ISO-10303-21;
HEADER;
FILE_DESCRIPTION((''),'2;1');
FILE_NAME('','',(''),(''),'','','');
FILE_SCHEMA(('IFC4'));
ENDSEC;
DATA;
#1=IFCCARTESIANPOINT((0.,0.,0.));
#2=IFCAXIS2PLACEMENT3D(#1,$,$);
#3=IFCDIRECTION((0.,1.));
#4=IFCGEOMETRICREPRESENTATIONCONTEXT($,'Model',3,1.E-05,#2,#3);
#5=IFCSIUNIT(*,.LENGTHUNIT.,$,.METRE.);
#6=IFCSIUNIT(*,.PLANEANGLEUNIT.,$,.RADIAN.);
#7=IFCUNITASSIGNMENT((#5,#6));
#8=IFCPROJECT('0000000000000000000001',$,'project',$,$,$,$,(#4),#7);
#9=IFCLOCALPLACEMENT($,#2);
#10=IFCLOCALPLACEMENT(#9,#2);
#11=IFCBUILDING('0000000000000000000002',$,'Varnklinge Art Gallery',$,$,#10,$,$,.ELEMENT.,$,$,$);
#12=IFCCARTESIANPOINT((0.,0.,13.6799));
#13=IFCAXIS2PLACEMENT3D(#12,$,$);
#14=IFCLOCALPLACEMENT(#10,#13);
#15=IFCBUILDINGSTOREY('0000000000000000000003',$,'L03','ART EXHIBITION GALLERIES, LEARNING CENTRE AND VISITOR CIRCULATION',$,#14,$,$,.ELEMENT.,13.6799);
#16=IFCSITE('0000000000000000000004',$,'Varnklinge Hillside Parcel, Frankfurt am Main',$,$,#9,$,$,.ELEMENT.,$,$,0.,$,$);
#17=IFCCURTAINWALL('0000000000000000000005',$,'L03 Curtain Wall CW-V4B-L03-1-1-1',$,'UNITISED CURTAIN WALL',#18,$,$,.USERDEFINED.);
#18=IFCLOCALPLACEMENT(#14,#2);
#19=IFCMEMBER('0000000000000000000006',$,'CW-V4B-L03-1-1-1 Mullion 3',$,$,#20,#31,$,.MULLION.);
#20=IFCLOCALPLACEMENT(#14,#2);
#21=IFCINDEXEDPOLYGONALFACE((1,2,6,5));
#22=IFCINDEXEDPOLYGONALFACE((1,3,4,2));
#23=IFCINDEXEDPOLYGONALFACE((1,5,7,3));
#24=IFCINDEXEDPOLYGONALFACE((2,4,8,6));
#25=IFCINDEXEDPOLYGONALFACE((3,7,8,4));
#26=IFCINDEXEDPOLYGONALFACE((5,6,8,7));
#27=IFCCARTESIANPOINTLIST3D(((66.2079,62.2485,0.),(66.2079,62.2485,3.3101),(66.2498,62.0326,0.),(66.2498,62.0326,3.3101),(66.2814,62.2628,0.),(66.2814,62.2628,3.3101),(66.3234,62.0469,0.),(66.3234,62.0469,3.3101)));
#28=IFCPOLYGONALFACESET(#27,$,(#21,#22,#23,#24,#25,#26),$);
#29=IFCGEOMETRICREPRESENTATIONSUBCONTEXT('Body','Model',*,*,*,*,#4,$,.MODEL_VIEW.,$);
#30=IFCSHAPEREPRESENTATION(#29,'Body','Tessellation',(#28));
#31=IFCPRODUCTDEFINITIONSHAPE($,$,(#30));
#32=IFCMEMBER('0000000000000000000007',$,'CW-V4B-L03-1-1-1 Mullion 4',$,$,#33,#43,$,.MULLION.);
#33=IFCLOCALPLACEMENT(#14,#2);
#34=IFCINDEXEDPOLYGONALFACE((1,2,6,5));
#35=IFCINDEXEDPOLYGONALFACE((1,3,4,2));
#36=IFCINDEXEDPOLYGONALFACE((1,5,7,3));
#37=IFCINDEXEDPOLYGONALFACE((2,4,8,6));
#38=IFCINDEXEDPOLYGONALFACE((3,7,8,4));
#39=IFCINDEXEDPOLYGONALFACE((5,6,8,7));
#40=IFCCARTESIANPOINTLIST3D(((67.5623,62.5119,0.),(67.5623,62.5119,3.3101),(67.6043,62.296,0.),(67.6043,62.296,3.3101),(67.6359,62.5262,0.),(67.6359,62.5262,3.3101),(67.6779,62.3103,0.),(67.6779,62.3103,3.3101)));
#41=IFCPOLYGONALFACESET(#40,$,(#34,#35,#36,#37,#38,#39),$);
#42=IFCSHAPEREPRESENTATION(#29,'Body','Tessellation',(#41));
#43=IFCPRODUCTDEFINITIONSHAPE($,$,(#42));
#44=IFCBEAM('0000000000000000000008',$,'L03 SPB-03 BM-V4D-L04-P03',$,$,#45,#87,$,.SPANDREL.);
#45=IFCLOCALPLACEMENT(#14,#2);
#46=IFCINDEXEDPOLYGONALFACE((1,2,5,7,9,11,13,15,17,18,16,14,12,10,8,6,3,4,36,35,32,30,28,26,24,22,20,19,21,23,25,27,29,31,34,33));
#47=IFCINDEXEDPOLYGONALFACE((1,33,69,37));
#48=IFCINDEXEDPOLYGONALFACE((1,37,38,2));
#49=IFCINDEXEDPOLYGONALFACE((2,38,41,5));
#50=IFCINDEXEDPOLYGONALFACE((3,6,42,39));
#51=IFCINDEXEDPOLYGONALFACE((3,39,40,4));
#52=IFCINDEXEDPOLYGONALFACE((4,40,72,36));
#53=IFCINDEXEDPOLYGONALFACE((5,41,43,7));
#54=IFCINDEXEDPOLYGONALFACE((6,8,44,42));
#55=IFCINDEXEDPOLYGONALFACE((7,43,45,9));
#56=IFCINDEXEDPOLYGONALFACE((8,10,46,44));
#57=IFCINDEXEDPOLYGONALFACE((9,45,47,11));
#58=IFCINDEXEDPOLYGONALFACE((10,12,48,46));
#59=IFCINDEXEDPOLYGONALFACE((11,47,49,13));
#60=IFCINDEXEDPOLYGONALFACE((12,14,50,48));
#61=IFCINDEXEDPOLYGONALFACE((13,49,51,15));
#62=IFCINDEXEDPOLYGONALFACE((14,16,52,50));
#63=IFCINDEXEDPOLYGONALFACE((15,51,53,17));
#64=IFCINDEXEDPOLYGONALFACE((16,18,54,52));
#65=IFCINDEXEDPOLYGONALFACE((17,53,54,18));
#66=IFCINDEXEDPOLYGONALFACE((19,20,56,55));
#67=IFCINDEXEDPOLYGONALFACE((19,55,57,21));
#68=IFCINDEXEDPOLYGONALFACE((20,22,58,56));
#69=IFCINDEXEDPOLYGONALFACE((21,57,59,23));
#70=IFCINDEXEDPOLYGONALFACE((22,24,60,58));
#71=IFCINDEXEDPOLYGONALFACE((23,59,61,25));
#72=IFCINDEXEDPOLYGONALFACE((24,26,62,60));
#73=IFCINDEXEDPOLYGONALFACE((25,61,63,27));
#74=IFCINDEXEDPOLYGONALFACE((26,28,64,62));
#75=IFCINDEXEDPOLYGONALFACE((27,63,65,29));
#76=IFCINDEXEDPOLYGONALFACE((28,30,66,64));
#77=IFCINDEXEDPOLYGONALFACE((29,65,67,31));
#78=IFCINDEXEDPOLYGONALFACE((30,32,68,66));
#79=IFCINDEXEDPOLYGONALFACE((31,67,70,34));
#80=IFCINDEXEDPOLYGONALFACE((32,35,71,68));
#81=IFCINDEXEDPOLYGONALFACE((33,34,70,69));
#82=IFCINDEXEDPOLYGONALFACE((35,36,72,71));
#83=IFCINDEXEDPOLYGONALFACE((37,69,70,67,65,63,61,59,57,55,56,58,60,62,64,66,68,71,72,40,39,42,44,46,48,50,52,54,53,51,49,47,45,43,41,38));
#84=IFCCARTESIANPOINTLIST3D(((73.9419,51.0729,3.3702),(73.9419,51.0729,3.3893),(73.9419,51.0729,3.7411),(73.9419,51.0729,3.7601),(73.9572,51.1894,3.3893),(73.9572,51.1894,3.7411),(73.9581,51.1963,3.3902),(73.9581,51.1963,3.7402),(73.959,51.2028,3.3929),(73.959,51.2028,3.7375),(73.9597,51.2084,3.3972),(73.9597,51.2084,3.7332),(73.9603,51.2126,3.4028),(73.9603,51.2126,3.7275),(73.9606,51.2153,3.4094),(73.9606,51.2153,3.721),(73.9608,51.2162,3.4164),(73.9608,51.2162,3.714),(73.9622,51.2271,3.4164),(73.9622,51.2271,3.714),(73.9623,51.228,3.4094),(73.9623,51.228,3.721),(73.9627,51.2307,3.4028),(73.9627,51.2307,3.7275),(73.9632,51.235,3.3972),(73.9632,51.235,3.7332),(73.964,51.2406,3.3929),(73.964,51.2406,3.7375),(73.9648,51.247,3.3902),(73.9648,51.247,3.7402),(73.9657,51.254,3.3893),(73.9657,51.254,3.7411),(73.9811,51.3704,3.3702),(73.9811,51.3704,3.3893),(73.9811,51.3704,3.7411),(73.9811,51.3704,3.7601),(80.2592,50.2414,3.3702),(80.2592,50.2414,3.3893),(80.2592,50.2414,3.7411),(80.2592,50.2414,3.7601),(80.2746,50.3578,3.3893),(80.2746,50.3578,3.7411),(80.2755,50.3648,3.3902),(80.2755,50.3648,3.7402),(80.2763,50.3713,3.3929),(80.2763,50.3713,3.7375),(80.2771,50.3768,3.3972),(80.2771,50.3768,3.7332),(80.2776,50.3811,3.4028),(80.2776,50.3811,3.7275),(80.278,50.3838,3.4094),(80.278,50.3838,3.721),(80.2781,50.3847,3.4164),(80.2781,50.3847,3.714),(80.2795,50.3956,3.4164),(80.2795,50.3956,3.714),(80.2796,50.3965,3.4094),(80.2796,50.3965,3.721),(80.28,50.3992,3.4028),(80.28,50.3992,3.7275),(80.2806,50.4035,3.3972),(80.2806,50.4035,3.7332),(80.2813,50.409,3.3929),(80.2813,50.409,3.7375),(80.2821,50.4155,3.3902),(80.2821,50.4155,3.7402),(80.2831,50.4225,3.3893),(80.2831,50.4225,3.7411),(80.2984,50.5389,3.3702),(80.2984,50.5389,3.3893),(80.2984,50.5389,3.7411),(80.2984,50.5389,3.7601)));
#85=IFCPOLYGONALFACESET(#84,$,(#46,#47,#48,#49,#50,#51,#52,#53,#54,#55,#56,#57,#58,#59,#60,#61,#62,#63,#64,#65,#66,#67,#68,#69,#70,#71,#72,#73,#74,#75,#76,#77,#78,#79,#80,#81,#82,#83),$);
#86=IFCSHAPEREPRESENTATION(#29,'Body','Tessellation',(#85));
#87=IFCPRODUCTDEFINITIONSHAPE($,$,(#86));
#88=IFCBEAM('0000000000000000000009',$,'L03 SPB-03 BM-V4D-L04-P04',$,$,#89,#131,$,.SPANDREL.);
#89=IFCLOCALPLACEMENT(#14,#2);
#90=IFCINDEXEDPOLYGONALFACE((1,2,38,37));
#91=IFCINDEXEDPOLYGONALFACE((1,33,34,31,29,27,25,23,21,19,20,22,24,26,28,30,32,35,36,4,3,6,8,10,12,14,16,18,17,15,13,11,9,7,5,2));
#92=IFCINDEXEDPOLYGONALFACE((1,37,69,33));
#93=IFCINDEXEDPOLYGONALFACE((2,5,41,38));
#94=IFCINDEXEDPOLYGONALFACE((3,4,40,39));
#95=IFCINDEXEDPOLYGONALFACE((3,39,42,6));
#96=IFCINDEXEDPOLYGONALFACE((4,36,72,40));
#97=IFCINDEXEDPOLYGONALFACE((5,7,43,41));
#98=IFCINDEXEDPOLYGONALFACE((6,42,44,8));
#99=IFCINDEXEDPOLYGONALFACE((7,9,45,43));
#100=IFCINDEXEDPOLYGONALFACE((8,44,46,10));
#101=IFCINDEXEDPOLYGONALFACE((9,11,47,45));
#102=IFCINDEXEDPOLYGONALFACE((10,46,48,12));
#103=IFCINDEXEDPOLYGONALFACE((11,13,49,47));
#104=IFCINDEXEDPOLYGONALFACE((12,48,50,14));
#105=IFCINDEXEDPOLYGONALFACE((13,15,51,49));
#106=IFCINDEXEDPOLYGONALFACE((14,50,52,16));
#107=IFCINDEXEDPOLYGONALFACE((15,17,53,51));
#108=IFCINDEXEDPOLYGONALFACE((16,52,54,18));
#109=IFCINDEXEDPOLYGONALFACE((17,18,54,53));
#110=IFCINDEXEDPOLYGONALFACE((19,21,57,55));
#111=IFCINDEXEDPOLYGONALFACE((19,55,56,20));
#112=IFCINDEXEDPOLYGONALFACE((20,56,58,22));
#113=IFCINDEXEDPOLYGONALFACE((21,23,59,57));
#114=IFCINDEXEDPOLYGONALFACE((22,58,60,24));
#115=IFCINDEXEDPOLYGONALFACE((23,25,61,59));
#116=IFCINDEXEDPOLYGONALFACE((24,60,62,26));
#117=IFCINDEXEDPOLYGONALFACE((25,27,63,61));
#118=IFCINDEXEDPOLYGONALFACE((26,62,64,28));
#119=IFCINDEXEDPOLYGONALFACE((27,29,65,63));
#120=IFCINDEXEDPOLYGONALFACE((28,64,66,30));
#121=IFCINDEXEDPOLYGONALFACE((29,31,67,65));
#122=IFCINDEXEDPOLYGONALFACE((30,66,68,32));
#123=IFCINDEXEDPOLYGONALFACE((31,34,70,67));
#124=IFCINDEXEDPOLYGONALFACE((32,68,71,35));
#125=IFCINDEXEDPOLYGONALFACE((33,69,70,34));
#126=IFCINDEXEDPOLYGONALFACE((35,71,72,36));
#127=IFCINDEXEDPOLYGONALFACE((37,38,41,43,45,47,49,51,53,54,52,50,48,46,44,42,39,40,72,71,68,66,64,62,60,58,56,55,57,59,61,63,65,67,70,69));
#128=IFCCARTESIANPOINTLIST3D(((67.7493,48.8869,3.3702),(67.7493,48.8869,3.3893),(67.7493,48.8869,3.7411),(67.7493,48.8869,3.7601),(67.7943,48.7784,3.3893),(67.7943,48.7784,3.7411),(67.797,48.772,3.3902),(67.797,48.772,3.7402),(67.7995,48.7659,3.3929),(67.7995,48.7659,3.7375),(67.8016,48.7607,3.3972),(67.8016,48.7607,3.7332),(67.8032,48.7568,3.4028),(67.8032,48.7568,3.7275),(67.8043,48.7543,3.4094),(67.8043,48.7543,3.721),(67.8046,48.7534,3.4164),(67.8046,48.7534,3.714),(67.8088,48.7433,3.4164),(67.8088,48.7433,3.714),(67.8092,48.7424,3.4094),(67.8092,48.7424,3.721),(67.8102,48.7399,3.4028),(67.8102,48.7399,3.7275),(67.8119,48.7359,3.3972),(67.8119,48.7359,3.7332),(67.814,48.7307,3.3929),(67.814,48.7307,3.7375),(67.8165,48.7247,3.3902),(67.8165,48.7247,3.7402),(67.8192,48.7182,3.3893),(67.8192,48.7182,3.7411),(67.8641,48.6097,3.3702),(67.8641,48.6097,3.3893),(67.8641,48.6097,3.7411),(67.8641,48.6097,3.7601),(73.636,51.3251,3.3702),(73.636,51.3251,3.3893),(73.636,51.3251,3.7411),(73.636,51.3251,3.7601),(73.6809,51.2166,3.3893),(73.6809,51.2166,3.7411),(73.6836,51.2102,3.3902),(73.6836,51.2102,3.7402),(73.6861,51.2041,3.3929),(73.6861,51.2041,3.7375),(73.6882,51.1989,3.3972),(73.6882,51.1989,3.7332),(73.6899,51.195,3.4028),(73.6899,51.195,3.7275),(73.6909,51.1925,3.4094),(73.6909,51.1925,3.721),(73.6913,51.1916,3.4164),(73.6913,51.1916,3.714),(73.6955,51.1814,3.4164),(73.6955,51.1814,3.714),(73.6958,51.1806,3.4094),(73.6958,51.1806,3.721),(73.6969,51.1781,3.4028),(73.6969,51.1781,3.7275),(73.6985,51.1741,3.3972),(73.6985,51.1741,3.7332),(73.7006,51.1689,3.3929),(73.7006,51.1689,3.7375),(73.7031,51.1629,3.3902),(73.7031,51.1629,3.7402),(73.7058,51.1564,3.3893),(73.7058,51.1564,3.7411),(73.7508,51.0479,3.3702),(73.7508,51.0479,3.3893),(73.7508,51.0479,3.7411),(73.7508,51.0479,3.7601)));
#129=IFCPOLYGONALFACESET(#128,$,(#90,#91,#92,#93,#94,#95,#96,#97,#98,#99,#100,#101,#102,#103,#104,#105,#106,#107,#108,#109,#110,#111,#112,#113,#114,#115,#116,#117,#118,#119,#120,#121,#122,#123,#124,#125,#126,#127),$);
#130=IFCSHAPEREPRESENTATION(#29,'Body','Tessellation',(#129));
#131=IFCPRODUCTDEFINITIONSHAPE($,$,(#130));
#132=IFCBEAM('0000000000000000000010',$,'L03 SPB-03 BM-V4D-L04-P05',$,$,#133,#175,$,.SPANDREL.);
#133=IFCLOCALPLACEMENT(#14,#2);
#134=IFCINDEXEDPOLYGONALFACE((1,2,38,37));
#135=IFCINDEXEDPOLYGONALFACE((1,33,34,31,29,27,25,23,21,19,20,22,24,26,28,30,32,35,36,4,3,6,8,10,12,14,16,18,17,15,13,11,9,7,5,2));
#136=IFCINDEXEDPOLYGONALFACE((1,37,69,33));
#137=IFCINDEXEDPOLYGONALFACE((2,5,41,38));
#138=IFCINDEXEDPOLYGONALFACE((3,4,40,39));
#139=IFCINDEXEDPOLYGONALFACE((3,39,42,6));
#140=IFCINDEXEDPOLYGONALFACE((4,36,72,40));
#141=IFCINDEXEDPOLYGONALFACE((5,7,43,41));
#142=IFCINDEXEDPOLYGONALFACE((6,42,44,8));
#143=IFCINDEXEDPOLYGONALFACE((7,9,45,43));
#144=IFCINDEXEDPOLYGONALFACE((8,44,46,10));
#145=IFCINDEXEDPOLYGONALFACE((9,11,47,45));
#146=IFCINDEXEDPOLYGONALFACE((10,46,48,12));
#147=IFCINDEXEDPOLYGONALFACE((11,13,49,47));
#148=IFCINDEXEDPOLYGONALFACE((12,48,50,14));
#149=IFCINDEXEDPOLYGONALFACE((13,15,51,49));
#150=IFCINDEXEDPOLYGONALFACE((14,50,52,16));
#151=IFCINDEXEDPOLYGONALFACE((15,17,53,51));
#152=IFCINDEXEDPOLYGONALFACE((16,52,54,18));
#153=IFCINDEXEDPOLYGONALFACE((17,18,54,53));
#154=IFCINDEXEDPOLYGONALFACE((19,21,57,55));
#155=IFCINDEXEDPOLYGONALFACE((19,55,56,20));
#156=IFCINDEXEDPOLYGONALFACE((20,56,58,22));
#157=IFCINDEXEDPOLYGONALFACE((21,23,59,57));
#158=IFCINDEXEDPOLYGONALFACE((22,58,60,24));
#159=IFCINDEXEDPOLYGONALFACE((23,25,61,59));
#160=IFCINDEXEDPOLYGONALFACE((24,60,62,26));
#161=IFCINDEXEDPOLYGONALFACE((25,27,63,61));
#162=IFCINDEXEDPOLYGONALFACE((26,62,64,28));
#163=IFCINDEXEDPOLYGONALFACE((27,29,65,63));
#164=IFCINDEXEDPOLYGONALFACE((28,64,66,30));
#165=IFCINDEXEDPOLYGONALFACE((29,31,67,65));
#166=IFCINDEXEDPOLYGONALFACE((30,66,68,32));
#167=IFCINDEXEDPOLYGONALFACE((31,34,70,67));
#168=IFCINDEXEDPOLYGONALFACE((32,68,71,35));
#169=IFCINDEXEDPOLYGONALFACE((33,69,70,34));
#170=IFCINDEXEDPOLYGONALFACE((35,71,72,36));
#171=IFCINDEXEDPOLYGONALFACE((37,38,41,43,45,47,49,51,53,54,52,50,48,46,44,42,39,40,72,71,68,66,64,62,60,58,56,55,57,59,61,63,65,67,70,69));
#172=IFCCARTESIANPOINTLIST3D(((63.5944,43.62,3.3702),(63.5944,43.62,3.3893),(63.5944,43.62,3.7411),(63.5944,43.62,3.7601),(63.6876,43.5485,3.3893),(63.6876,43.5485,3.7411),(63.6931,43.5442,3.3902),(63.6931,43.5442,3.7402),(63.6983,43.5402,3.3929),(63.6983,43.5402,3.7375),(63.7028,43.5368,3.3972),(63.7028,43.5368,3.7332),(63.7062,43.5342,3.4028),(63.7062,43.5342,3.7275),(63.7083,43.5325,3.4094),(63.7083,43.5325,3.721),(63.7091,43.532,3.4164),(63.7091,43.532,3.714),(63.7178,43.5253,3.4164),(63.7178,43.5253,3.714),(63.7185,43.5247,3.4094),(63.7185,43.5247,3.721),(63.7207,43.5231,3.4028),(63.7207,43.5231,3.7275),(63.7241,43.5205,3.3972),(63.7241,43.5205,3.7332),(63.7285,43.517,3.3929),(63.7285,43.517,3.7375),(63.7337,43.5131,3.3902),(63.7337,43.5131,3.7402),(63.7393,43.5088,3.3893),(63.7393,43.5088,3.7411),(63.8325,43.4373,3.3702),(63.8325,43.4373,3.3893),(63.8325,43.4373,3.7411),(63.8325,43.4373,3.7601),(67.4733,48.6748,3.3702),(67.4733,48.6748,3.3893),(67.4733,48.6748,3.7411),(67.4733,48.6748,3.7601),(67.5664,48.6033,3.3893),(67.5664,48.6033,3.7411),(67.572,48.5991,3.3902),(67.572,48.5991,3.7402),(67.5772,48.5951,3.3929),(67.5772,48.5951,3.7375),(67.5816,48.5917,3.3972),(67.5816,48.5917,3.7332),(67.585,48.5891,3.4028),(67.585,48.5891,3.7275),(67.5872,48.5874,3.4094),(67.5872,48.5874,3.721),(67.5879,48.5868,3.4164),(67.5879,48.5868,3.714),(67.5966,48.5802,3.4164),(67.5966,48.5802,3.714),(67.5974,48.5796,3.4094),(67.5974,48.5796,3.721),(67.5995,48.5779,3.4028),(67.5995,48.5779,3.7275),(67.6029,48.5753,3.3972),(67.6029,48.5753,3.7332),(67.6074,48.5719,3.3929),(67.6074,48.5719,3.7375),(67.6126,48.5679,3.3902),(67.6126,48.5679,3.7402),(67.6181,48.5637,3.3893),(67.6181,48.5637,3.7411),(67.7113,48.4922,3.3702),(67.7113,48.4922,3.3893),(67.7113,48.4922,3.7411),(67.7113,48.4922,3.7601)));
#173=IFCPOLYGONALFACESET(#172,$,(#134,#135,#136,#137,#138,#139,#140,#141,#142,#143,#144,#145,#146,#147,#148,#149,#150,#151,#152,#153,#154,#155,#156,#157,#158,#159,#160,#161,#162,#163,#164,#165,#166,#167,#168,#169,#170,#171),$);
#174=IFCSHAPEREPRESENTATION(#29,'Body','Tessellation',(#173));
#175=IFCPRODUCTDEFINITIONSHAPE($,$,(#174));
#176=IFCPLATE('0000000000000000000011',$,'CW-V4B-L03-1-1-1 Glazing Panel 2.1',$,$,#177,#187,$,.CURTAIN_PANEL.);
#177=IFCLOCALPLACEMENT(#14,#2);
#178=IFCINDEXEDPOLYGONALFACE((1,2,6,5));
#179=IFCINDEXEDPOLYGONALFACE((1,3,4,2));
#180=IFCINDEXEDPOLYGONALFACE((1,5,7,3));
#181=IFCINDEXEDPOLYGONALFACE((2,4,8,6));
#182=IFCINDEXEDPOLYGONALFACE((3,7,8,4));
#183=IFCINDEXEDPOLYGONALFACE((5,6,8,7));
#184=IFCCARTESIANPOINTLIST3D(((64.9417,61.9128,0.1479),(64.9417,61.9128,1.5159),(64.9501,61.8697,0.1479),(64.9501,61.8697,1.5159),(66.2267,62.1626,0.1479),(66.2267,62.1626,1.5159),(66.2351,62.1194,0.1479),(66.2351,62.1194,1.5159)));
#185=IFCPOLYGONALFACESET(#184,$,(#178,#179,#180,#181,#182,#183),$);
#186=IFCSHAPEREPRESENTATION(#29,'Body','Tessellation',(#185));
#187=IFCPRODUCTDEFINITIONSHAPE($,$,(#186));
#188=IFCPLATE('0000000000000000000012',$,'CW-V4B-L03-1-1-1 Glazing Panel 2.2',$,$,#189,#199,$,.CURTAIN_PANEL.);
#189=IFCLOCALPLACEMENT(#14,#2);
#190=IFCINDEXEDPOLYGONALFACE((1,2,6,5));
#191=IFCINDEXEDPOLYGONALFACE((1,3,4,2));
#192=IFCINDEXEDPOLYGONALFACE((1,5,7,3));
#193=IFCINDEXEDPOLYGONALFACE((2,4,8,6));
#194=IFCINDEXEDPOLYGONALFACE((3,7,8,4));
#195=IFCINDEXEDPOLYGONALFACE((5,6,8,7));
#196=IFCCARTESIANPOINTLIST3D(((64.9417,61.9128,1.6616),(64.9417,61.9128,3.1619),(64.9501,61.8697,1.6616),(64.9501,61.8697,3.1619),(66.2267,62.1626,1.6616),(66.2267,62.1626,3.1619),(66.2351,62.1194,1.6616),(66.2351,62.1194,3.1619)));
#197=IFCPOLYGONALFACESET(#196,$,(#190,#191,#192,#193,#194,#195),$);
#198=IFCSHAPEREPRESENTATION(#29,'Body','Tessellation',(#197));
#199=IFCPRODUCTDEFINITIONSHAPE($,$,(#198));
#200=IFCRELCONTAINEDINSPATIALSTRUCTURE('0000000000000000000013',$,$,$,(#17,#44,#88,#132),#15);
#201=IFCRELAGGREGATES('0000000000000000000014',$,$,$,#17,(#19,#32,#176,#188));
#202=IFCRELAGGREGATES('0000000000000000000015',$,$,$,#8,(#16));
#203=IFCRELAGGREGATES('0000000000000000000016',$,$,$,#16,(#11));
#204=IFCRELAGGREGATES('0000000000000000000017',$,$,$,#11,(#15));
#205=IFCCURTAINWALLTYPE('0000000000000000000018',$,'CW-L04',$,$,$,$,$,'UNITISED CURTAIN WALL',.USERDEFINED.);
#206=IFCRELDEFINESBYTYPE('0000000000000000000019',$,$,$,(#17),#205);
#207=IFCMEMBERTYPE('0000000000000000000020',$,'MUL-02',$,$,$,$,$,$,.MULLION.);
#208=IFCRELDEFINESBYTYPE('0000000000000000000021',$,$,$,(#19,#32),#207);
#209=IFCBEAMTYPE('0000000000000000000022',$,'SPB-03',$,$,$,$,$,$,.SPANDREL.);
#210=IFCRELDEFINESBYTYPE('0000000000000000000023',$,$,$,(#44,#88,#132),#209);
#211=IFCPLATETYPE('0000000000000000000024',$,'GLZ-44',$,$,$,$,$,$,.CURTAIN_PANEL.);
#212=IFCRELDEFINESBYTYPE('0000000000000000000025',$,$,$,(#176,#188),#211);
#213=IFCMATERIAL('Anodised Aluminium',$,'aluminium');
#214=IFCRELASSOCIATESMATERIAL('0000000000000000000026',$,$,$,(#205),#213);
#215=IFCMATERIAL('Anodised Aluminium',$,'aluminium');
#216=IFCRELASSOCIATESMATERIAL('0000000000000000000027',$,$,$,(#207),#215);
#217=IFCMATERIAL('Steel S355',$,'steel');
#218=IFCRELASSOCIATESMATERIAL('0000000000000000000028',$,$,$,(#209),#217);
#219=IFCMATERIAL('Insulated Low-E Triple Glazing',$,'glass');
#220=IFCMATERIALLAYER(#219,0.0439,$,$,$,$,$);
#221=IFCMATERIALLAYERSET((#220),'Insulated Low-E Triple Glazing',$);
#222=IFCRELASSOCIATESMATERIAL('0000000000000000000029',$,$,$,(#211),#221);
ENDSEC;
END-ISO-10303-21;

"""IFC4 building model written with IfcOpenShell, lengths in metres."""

from ifc_helpers import new_model, si_unit, direction, frame, origin, origin_2d, place, context, subcontext, project, spatial, rectangle, i_section, extrude, material, layer, layer_set, material_profile, profile_set, type_object, element, aggregate, save


model = new_model("IFC4")

# Units and contexts
model_context = context("Model", 3, precision=1e-05, world=origin(), true_north=direction((0.0, 1.0)))
body_context = subcontext(model_context, "Body", "Model", "MODEL_VIEW")
ifc_project = project(units=[si_unit("LENGTHUNIT", "METRE"), si_unit("PLANEANGLEUNIT", "RADIAN")], contexts=[model_context])

# Site, building, storey
site_placement = place(None, origin())
site = spatial("IfcSite", under=ifc_project, at=site_placement, Name="Varnklinge Hillside Parcel, Frankfurt am Main", CompositionType="ELEMENT", RefElevation=0.0)
building_placement = place(site_placement, origin())
building = spatial("IfcBuilding", under=site, at=building_placement, Name="Varnklinge Art Gallery", CompositionType="ELEMENT")
storey_placement = place(building_placement, frame((0.0, 0.0, 13.6799)))
storey = spatial("IfcBuildingStorey", under=building, at=storey_placement, Name="L03", Description="ART EXHIBITION GALLERIES, LEARNING CENTRE AND VISITOR CIRCULATION", CompositionType="ELEMENT", Elevation=13.6799)

# Curtain wall, members
ifc_material_1 = material(Name="Anodised Aluminium", Category="aluminium")
curtain_wall_type = type_object("IfcCurtainWallType", Name="CW-L04", ElementType="UNITISED CURTAIN WALL", PredefinedType="USERDEFINED", material=ifc_material_1)
curtain_wall_placement = place(storey_placement, origin())
curtain_wall = element("IfcCurtainWall", 1, at=curtain_wall_placement, inside=storey, type_object=curtain_wall_type, Name="L03 Curtain Wall CW-V4B-L03-1-1-1", ObjectType="UNITISED CURTAIN WALL", PredefinedType="USERDEFINED")
ifc_material_2 = material(Name="Anodised Aluminium", Category="aluminium")
ifc_material_profile_1 = material_profile(ifc_material_2, rectangle(XDim=0.075, YDim=0.22, at=origin_2d()), Name="ALU 75x220")
ifc_profile_set_1 = profile_set([ifc_material_profile_1], Name="Anodised Aluminium")
member_type = type_object("IfcMemberType", Name="MUL-02", PredefinedType="MULLION", material=ifc_profile_set_1)
member_1_placement = place(storey_placement, frame((66.2656, 62.1477, 0.0), z_axis=(0.0, 0.0, 1.0), x_axis=(0.981627, 0.190809, 0.0)))
member_1 = element("IfcMember", 2, at=member_1_placement, type_object=member_type, Name="CW-V4B-L03-1-1-1 Mullion 3", PredefinedType="MULLION", context=body_context, shape_type="SweptSolid", body=[
    extrude(rectangle(XDim=0.075, YDim=0.22, at=origin_2d()), origin(), (0.0, 0.0, 1.0), 3.3101),
])
member_2_placement = place(storey_placement, frame((67.6201, 62.4111, 0.0), z_axis=(0.0, 0.0, 1.0), x_axis=(0.981627, 0.190809, 0.0)))
member_2 = element("IfcMember", 3, at=member_2_placement, type_object=member_type, Name="CW-V4B-L03-1-1-1 Mullion 4", PredefinedType="MULLION", context=body_context, shape_type="SweptSolid", body=[
    extrude(rectangle(XDim=0.075, YDim=0.22, at=origin_2d()), origin(), (0.0, 0.0, 1.0), 3.3101),
])

# Beams
ifc_material_3 = material(Name="Steel S355", Category="steel")
ifc_material_profile_2 = material_profile(ifc_material_3, i_section(OverallWidth=0.3, OverallDepth=0.3899, WebThickness=0.011, FlangeThickness=0.019, FilletRadius=0.0271, at=origin_2d()), Name="HEA 400")
ifc_profile_set_2 = profile_set([ifc_material_profile_2], Name="Steel S355")
beam_type_1 = type_object("IfcBeamType", Name="SPB-03", PredefinedType="SPANDREL", material=ifc_profile_set_2)
beam_1_placement = place(storey_placement, frame((80.2788, 50.3901, 3.5652), z_axis=(-0.991448, 0.130502, 0.0), x_axis=(-0.130502, -0.991448, 0.0)))
element("IfcBeam", 4, at=beam_1_placement, inside=storey, type_object=beam_type_1, Name="L03 SPB-03 BM-V4D-L04-P03", PredefinedType="SPANDREL", context=body_context, shape_type="SweptSolid", body=[
    extrude(i_section(OverallWidth=0.3, OverallDepth=0.3899, WebThickness=0.011, FlangeThickness=0.019, FilletRadius=0.0271, at=origin_2d()), origin(), (0.0, 0.0, 1.0), 6.3718),
])
for number, where, z_axis, x_axis, name in (
    (5, (73.6934, 51.1865, 3.5652), (-0.923887, -0.382667, 0.0), (0.382667, -0.923887, 0.0), "L03 SPB-03 BM-V4D-L04-P04"),
    (6, (67.5923, 48.5835, 3.5652), (-0.608773, -0.793344, 0.0), (0.793344, -0.608773, 0.0), "L03 SPB-03 BM-V4D-L04-P05"),
):
    element("IfcBeam", number, at=place(storey_placement, frame(where, z_axis=z_axis, x_axis=x_axis)), inside=storey, type_object=beam_type_1, Name=name, PredefinedType="SPANDREL", context=body_context, shape_type="SweptSolid", body=[
        extrude(i_section(OverallWidth=0.3, OverallDepth=0.3899, WebThickness=0.011, FlangeThickness=0.019, FilletRadius=0.0271, at=origin_2d()), origin(), (0.0, 0.0, 1.0), 6.3716),
    ])

# Plates
ifc_material_4 = material(Name="Insulated Low-E Triple Glazing", Category="glass")
ifc_layer_1 = layer(ifc_material_4, 0.0439)
ifc_layer_set_1 = layer_set([ifc_layer_1], Name="Insulated Low-E Triple Glazing")
plate_type = type_object("IfcPlateType", Name="GLZ-44", PredefinedType="CURTAIN_PANEL", material=ifc_layer_set_1)
plate_1_placement = place(storey_placement, frame((65.5884, 62.0161, 0.1479), z_axis=(0.0, 0.0, 1.0), x_axis=(0.981627, 0.190809, 0.0)))
plate_1 = element("IfcPlate", 7, at=plate_1_placement, type_object=plate_type, Name="CW-V4B-L03-1-1-1 Glazing Panel 2.1", PredefinedType="CURTAIN_PANEL", context=body_context, shape_type="SweptSolid", body=[
    extrude(rectangle(XDim=1.3091, YDim=0.0439, at=origin_2d()), origin(), (0.0, 0.0, 1.0), 1.3679),
])
plate_2_placement = place(storey_placement, frame((65.5884, 62.0161, 1.6616), z_axis=(0.0, 0.0, 1.0), x_axis=(0.981627, 0.190809, 0.0)))
plate_2 = element("IfcPlate", 8, at=plate_2_placement, type_object=plate_type, Name="CW-V4B-L03-1-1-1 Glazing Panel 2.2", PredefinedType="CURTAIN_PANEL", context=body_context, shape_type="SweptSolid", body=[
    extrude(rectangle(XDim=1.3091, YDim=0.0439, at=origin_2d()), origin(), (0.0, 0.0, 1.0), 1.5002),
])
aggregate(curtain_wall, [member_1, member_2, plate_1, plate_2])

save(model, "model.ifc")
